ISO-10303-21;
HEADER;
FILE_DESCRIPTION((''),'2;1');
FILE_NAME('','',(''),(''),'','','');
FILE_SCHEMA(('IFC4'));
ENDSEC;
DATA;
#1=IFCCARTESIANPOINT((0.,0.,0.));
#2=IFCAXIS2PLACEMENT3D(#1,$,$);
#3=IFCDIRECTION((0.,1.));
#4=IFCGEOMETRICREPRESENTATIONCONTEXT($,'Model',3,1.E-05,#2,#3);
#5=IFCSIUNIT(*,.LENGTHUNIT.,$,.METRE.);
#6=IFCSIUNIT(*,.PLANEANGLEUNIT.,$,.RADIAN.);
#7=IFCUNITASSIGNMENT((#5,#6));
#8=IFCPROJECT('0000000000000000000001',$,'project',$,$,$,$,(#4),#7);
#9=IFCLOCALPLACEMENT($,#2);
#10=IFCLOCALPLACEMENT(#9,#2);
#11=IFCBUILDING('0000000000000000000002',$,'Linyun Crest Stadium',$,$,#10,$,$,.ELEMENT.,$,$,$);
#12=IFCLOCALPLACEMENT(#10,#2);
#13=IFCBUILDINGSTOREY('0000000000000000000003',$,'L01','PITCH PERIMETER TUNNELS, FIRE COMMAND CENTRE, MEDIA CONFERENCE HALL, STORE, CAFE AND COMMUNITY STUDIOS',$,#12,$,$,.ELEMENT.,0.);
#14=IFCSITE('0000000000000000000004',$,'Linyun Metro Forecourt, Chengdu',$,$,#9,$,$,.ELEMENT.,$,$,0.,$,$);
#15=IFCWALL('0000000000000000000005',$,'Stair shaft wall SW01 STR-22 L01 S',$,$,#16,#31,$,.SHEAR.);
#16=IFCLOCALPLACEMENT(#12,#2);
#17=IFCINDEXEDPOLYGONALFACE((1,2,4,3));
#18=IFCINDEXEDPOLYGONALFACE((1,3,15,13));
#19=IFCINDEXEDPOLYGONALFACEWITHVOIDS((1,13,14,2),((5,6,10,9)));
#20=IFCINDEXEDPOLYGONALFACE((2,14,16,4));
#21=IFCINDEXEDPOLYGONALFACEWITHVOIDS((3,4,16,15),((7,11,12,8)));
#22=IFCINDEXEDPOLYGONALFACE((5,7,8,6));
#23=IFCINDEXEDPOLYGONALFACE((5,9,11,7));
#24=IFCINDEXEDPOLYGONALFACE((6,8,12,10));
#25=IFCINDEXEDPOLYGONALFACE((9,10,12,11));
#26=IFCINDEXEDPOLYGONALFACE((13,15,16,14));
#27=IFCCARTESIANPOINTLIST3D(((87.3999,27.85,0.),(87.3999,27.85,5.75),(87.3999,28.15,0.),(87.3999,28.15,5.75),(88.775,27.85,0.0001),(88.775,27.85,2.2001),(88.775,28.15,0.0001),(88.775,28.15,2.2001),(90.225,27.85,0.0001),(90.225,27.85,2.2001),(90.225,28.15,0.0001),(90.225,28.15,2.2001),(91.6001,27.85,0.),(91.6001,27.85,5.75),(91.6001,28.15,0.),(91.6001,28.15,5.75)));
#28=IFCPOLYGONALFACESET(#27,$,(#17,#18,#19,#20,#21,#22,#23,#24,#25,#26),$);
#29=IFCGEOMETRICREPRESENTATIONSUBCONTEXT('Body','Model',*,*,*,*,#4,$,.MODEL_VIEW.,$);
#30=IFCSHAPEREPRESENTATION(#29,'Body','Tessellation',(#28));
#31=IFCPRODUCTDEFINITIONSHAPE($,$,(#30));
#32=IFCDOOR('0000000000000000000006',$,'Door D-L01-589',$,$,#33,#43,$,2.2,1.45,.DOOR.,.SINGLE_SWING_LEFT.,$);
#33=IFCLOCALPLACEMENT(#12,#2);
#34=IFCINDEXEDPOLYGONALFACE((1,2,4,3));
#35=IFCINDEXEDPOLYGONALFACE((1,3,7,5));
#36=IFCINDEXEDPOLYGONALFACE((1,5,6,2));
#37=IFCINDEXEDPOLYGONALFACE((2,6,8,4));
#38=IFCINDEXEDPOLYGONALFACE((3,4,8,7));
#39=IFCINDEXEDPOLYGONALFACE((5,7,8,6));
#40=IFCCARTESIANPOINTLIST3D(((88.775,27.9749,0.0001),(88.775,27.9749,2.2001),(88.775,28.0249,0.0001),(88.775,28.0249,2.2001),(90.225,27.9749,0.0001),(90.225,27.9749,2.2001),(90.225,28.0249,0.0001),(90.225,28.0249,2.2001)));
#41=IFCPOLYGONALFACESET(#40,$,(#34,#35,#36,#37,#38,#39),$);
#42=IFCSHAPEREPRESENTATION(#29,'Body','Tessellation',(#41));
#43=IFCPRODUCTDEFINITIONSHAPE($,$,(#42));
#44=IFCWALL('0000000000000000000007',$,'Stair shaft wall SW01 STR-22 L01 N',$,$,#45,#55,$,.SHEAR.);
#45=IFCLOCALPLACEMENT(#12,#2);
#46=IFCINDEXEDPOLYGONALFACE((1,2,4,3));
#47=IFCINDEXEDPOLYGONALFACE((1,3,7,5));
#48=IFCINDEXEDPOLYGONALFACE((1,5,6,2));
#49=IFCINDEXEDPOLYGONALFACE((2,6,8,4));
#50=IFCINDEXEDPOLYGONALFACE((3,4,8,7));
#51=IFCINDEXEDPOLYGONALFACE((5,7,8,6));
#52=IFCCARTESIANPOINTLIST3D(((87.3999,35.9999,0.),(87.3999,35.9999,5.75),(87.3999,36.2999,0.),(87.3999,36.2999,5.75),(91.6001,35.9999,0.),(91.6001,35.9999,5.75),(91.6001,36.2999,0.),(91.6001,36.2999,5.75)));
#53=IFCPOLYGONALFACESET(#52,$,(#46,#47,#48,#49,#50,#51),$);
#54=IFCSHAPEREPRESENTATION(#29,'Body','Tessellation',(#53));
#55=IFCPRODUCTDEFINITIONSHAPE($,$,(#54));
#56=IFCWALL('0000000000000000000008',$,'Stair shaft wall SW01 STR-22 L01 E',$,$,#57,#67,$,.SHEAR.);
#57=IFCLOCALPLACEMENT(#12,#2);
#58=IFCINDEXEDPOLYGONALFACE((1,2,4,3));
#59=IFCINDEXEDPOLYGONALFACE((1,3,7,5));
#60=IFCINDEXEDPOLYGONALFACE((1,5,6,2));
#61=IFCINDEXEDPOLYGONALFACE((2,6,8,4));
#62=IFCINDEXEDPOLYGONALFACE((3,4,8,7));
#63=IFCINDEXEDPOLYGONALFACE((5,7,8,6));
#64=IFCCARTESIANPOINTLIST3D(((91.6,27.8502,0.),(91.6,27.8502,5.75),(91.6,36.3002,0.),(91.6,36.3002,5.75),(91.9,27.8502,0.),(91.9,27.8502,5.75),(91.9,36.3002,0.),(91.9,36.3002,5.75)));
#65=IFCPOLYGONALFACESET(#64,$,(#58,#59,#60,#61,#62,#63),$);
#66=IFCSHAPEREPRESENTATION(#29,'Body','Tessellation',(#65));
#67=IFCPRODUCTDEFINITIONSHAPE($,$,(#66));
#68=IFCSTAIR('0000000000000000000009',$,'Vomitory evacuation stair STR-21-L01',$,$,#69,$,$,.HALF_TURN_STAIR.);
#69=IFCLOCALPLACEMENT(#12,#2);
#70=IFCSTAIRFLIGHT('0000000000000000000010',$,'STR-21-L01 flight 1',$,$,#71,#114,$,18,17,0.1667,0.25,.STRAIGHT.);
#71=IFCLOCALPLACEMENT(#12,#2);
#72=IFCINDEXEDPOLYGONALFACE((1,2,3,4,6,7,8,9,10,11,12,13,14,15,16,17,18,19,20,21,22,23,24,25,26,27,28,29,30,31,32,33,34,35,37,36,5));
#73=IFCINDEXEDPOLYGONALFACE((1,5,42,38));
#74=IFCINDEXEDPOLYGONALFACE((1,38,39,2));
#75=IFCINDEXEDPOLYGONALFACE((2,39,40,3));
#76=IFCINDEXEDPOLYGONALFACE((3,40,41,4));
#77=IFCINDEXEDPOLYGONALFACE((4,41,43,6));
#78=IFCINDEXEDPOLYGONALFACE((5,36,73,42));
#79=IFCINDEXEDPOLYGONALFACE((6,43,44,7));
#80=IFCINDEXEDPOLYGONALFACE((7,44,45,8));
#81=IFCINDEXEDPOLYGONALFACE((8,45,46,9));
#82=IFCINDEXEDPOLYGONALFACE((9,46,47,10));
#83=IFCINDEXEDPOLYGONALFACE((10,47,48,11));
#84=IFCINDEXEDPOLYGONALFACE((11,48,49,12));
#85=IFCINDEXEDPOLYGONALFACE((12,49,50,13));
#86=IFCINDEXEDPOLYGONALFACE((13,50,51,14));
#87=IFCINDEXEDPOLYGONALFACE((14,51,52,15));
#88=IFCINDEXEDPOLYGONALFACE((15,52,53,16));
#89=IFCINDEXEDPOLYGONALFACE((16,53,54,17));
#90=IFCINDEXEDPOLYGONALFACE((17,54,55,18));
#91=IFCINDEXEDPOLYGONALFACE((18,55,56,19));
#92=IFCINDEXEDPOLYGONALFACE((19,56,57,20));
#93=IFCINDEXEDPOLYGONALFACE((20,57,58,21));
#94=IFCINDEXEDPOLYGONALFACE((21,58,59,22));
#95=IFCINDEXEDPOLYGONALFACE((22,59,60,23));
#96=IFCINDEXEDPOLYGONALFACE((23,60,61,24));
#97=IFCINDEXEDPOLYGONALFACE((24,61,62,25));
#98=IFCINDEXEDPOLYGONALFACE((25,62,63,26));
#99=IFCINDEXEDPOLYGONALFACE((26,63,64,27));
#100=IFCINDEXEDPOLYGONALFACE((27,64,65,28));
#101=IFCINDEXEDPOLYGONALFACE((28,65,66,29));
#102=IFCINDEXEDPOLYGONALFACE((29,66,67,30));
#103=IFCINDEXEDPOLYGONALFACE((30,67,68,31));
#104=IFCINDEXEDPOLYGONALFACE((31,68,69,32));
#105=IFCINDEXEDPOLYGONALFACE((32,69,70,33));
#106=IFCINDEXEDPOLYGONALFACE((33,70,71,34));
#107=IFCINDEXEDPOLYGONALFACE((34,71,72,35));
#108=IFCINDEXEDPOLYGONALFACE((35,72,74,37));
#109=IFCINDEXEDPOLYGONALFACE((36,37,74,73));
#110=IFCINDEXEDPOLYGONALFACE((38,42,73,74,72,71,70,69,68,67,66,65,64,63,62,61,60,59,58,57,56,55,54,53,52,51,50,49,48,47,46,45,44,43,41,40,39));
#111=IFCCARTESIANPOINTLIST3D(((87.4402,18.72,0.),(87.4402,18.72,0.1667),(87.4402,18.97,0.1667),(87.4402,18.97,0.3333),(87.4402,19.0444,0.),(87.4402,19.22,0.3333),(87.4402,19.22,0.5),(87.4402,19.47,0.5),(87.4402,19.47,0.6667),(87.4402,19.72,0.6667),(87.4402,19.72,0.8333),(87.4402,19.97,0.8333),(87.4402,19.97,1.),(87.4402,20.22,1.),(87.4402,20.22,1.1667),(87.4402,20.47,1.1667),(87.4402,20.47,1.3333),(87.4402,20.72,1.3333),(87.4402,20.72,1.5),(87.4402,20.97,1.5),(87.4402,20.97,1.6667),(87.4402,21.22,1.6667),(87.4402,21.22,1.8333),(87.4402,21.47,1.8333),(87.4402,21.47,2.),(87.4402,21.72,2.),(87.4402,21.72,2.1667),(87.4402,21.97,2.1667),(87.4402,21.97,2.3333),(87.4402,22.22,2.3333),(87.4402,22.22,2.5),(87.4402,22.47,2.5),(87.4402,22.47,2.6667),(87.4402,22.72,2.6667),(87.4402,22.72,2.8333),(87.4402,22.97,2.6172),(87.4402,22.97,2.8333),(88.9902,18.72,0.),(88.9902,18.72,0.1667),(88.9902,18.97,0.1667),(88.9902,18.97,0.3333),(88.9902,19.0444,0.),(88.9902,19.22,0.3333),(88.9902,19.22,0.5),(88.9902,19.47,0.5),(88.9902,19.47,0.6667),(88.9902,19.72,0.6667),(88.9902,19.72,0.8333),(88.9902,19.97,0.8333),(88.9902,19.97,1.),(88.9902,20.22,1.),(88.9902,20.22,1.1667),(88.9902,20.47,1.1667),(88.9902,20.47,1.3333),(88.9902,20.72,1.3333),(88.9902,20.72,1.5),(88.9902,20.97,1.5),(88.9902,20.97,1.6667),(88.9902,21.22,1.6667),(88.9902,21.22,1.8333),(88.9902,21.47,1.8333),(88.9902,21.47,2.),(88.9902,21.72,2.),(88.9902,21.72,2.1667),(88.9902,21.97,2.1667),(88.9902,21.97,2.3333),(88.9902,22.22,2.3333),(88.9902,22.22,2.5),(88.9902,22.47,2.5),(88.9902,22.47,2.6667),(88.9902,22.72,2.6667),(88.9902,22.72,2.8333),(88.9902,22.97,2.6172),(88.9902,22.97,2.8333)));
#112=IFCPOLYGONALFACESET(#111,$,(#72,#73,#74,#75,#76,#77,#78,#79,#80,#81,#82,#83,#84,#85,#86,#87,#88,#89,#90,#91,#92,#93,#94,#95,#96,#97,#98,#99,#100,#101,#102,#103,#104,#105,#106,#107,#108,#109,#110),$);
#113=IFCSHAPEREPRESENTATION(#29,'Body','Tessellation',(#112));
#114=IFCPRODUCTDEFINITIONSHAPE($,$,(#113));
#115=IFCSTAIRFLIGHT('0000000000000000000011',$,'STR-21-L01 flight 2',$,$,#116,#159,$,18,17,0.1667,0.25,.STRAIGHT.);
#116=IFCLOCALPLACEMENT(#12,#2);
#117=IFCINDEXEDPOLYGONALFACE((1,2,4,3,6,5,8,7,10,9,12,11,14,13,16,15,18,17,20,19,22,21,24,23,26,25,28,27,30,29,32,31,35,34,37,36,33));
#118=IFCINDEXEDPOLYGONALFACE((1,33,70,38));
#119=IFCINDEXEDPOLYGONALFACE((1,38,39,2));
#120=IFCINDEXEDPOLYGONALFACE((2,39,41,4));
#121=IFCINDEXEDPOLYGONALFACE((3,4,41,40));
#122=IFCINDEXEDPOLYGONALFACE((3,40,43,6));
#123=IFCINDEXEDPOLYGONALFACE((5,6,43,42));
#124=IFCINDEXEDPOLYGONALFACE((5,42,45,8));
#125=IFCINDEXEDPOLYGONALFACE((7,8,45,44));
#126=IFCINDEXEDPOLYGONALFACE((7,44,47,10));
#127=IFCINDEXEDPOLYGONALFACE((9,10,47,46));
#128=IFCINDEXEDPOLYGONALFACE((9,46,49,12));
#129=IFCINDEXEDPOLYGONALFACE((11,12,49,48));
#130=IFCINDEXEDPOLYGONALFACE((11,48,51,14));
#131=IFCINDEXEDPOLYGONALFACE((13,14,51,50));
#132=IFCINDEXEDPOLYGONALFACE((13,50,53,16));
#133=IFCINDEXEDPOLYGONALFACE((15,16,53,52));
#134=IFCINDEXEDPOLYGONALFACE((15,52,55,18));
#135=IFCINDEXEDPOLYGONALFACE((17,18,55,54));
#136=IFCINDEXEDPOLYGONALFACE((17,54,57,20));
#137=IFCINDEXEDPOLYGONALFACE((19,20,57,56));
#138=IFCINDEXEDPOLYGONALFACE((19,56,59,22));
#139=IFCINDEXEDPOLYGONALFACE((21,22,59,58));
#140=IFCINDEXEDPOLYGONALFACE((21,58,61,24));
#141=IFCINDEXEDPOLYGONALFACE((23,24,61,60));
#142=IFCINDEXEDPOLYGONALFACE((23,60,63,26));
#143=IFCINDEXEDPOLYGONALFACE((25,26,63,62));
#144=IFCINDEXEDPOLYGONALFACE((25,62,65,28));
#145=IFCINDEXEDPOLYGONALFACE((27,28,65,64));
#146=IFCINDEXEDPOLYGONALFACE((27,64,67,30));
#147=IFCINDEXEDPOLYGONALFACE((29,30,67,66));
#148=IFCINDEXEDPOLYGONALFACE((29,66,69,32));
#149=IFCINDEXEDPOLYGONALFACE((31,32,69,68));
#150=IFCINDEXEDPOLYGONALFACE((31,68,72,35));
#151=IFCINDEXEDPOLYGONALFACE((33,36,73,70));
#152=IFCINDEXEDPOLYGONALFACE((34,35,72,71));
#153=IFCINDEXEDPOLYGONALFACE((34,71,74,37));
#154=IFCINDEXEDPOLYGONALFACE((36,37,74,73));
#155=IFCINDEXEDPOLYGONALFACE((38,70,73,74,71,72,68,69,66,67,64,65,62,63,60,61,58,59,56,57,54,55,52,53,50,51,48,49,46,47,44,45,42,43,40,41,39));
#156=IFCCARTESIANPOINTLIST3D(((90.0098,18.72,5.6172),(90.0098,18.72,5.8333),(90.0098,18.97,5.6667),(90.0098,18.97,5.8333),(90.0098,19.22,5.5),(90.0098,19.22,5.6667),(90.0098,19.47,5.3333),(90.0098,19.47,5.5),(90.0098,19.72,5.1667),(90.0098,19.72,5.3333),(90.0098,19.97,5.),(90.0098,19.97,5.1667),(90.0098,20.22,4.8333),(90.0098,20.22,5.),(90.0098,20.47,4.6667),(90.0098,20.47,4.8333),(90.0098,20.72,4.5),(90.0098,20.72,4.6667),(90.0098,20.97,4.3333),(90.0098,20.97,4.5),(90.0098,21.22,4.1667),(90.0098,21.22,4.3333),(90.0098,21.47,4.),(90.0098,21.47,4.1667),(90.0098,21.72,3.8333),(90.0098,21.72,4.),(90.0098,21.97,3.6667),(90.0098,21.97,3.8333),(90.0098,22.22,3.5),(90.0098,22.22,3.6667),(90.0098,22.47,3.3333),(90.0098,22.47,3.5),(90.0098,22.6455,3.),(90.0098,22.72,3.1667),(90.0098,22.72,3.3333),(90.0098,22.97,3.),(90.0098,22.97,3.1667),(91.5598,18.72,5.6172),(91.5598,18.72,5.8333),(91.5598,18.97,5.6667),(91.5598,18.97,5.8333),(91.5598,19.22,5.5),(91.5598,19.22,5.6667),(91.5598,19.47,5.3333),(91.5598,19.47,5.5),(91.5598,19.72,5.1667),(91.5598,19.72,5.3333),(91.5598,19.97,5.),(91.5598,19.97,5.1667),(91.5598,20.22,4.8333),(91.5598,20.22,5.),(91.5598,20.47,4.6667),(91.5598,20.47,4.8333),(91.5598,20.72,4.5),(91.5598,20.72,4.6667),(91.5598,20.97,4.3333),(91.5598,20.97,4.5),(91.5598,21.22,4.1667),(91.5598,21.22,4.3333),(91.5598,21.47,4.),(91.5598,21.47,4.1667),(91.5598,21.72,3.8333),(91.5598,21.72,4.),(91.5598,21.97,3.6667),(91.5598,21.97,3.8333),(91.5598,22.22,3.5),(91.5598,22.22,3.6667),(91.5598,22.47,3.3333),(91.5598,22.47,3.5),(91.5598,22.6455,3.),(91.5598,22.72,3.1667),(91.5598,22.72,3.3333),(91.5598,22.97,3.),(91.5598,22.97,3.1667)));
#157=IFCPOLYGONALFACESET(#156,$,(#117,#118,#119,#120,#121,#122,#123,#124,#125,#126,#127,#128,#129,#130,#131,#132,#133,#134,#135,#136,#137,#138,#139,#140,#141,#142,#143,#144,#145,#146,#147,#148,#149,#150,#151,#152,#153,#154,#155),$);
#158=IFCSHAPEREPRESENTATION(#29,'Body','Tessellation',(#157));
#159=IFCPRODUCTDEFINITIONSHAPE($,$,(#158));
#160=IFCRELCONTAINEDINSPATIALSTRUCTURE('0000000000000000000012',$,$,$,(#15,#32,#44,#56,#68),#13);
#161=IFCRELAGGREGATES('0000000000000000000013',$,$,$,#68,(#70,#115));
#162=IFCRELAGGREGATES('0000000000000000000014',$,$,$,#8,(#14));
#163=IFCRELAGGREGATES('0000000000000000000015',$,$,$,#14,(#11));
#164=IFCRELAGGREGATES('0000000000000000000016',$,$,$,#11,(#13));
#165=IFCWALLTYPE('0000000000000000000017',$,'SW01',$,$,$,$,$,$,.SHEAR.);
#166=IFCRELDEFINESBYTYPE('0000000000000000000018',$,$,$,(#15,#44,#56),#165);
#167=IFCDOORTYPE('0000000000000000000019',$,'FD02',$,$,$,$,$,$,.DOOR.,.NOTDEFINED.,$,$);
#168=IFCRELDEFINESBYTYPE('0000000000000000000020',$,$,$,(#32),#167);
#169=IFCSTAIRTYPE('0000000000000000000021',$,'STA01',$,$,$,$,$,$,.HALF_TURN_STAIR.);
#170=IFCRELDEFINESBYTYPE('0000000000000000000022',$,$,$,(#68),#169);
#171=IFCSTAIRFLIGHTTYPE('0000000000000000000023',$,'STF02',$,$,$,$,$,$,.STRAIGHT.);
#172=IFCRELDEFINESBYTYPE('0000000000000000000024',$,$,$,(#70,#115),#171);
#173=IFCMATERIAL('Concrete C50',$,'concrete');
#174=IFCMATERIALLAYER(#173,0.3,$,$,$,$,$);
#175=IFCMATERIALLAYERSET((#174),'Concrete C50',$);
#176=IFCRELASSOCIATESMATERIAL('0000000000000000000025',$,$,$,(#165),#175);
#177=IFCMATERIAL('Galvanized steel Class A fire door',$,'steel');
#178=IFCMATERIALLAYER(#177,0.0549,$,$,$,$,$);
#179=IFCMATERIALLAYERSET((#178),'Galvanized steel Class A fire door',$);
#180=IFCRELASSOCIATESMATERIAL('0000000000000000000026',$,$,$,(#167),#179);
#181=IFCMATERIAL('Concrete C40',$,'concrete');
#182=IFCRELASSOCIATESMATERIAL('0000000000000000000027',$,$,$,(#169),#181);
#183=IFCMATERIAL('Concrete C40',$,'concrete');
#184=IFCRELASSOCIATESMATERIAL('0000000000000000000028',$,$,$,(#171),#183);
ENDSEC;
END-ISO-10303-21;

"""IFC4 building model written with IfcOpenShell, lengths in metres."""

from ifc_helpers import new_model, si_unit, direction, frame, frame_2d, origin, place, context, subcontext, project, spatial, polyline, rectangle, outline, extrude, material, layer, layer_set, type_object, element, fill, aggregate, save


model = new_model("IFC4")

# Units and contexts
model_context = context("Model", 3, precision=1e-05, world=origin(), true_north=direction((0.0, 1.0)))
body_context = subcontext(model_context, "Body", "Model", "MODEL_VIEW")
ifc_project = project(units=[si_unit("LENGTHUNIT", "METRE"), si_unit("PLANEANGLEUNIT", "RADIAN")], contexts=[model_context])

# Site, building, storey
site_placement = place(None, origin())
site = spatial("IfcSite", under=ifc_project, at=site_placement, Name="Linyun Metro Forecourt, Chengdu", CompositionType="ELEMENT", RefElevation=0.0)
building_placement = place(site_placement, origin())
building = spatial("IfcBuilding", under=site, at=building_placement, Name="Linyun Crest Stadium", CompositionType="ELEMENT")
storey_placement = place(building_placement, origin())
storey = spatial("IfcBuildingStorey", under=building, at=storey_placement, Name="L01", Description="PITCH PERIMETER TUNNELS, FIRE COMMAND CENTRE, MEDIA CONFERENCE HALL, STORE, CAFE AND COMMUNITY STUDIOS", CompositionType="ELEMENT", Elevation=0.0)

# Shared definitions
ifc_material_1 = material(Name="Concrete C50", Category="concrete")
ifc_layer_1 = layer(ifc_material_1, 0.3)
ifc_layer_set_1 = layer_set([ifc_layer_1], Name="Concrete C50")
wall_type_1 = type_object("IfcWallType", Name="SW01", PredefinedType="SHEAR", material=ifc_layer_set_1)

# Wall, opening, door
wall_1_placement = place(storey_placement, frame((87.3999, 28.0, 0.0), z_axis=(0.0, 0.0, 1.0), x_axis=(1.0, 0.0, 0.0)))
wall_1 = element("IfcWall", 1, at=wall_1_placement, inside=storey, type_object=wall_type_1, Name="Stair shaft wall SW01 STR-22 L01 S", PredefinedType="SHEAR", context=body_context, shape_type="SweptSolid", body=[
    extrude(rectangle(XDim=4.2002, YDim=0.3, at=frame_2d((2.1001, 0.0))), origin(), (0.0, 0.0, 1.0), 5.75),
])
opening_1_placement = place(wall_1_placement, frame((1.375, 0.0, 0.0)))
opening_1 = element("IfcOpeningElement", 2, at=opening_1_placement, cuts=wall_1, PredefinedType="OPENING", context=body_context, shape_type="SweptSolid", body=[
    extrude(rectangle(XDim=1.45, YDim=2.2, at=frame_2d((0.7251, 1.1001))), frame((0.0, 0.1599, 0.0), z_axis=(0.0, -1.0, 0.0), x_axis=(1.0, 0.0, 0.0)), (0.0, 0.0, 1.0), 0.3201),
])
ifc_material_2 = material(Name="Galvanized steel Class A fire door", Category="steel")
ifc_layer_2 = layer(ifc_material_2, 0.0549)
ifc_layer_set_2 = layer_set([ifc_layer_2], Name="Galvanized steel Class A fire door")
door_type_1 = type_object("IfcDoorType", Name="FD02", OperationType="NOTDEFINED", PredefinedType="DOOR", material=ifc_layer_set_2)
door_1_placement = place(opening_1_placement, origin())
door_1 = element("IfcDoor", 3, at=door_1_placement, inside=storey, type_object=door_type_1, Name="Door D-L01-589", OperationType="SINGLE_SWING_LEFT", OverallHeight=2.2, OverallWidth=1.45, PredefinedType="DOOR", context=body_context, shape_type="SweptSolid", body=[
    extrude(rectangle(XDim=1.45, YDim=2.2, at=frame_2d((0.7251, 1.1001))), frame((0.0, 0.0249, 0.0), z_axis=(0.0, -1.0, 0.0), x_axis=(1.0, 0.0, 0.0)), (0.0, 0.0, 1.0), 0.05),
])
fill(opening_1, door_1)

# Walls
wall_2_placement = place(storey_placement, frame((87.3999, 36.1499, 0.0), z_axis=(0.0, 0.0, 1.0), x_axis=(1.0, 0.0, 0.0)))
element("IfcWall", 4, at=wall_2_placement, inside=storey, type_object=wall_type_1, Name="Stair shaft wall SW01 STR-22 L01 N", PredefinedType="SHEAR", context=body_context, shape_type="SweptSolid", body=[
    extrude(rectangle(XDim=4.2002, YDim=0.3, at=frame_2d((2.1001, 0.0))), origin(), (0.0, 0.0, 1.0), 5.75),
])
wall_3_placement = place(storey_placement, frame((91.75, 27.8501, 0.0), z_axis=(0.0, 0.0, 1.0), x_axis=(0.0, 1.0, 0.0)))
element("IfcWall", 5, at=wall_3_placement, inside=storey, type_object=wall_type_1, Name="Stair shaft wall SW01 STR-22 L01 E", PredefinedType="SHEAR", context=body_context, shape_type="SweptSolid", body=[
    extrude(rectangle(XDim=8.45, YDim=0.3, at=frame_2d((4.2251, 0.0))), origin(), (0.0, 0.0, 1.0), 5.75),
])

# Stair, stair flights
ifc_material_3 = material(Name="Concrete C40", Category="concrete")
stair_type = type_object("IfcStairType", Name="STA01", PredefinedType="HALF_TURN_STAIR", material=ifc_material_3)
stair_1_placement = place(storey_placement, origin())
stair_1 = element("IfcStair", 6, at=stair_1_placement, inside=storey, type_object=stair_type, Name="Vomitory evacuation stair STR-21-L01", PredefinedType="HALF_TURN_STAIR")
ifc_material_4 = material(Name="Concrete C40", Category="concrete")
stair_flight_type = type_object("IfcStairFlightType", Name="STF02", PredefinedType="STRAIGHT", material=ifc_material_4)
stair_flight_1_placement = place(storey_placement, frame((88.2151, 18.72, 0.0), z_axis=(0.0, 0.0, 1.0), x_axis=(0.0, 1.0, 0.0)))
stair_flight_1 = element("IfcStairFlight", 7, at=stair_flight_1_placement, type_object=stair_flight_type, Name="STR-21-L01 flight 1", NumberOfRisers=18, NumberOfTreads=17, PredefinedType="STRAIGHT", RiserHeight=0.1667, TreadLength=0.25, context=body_context, shape_type="SweptSolid", body=[
    extrude(outline(polyline([(0.0, 0.0), (0.0, 0.1667), (0.25, 0.1667), (0.25, 0.3333), (0.5, 0.3333), (0.5, 0.5), (0.75, 0.5), (0.75, 0.6667), (1.0, 0.6667), (1.0, 0.8333), (1.25, 0.8333), (1.25, 1.0), (1.5, 1.0), (1.5, 1.1667), (1.75, 1.1667), (1.75, 1.3333), (2.0, 1.3333), (2.0, 1.5), (2.25, 1.5), (2.25, 1.6667), (2.5, 1.6667), (2.5, 1.8333), (2.75, 1.8333), (2.75, 2.0), (3.0, 2.0), (3.0, 2.1667), (3.25, 2.1667), (3.25, 2.3333), (3.5, 2.3333), (3.5, 2.5), (3.75, 2.5), (3.75, 2.6667), (4.0, 2.6667), (4.0, 2.8333), (4.25, 2.8333), (4.25, 3.0), (4.25, 2.6172), (0.3245, 0.0), (0.0, 0.0)])), frame((0.0, 0.7749, 0.0), z_axis=(0.0, -1.0, 0.0), x_axis=(1.0, 0.0, 0.0)), (0.0, 0.0, 1.0), 1.55),
])
stair_flight_2_placement = place(storey_placement, frame((90.7849, 22.97, 3.0), z_axis=(0.0, 0.0, 1.0), x_axis=(0.0, -1.0, 0.0)))
stair_flight_2 = element("IfcStairFlight", 8, at=stair_flight_2_placement, type_object=stair_flight_type, Name="STR-21-L01 flight 2", NumberOfRisers=18, NumberOfTreads=17, PredefinedType="STRAIGHT", RiserHeight=0.1667, TreadLength=0.25, context=body_context, shape_type="SweptSolid", body=[
    extrude(outline(polyline([(0.0, 0.0), (0.0, 0.1667), (0.25, 0.1667), (0.25, 0.3333), (0.5, 0.3333), (0.5, 0.5), (0.75, 0.5), (0.75, 0.6667), (1.0, 0.6667), (1.0, 0.8333), (1.25, 0.8333), (1.25, 1.0), (1.5, 1.0), (1.5, 1.1667), (1.75, 1.1667), (1.75, 1.3333), (2.0, 1.3333), (2.0, 1.5), (2.25, 1.5), (2.25, 1.6667), (2.5, 1.6667), (2.5, 1.8333), (2.75, 1.8333), (2.75, 2.0), (3.0, 2.0), (3.0, 2.1667), (3.25, 2.1667), (3.25, 2.3333), (3.5, 2.3333), (3.5, 2.5), (3.75, 2.5), (3.75, 2.6667), (4.0, 2.6667), (4.0, 2.8333), (4.25, 2.8333), (4.25, 3.0), (4.25, 2.6172), (0.3245, 0.0), (0.0, 0.0)])), frame((0.0, 0.7749, 0.0), z_axis=(0.0, -1.0, 0.0), x_axis=(1.0, 0.0, 0.0)), (0.0, 0.0, 1.0), 1.55),
])
aggregate(stair_1, [stair_flight_1, stair_flight_2])

save(model, "model.ifc")
